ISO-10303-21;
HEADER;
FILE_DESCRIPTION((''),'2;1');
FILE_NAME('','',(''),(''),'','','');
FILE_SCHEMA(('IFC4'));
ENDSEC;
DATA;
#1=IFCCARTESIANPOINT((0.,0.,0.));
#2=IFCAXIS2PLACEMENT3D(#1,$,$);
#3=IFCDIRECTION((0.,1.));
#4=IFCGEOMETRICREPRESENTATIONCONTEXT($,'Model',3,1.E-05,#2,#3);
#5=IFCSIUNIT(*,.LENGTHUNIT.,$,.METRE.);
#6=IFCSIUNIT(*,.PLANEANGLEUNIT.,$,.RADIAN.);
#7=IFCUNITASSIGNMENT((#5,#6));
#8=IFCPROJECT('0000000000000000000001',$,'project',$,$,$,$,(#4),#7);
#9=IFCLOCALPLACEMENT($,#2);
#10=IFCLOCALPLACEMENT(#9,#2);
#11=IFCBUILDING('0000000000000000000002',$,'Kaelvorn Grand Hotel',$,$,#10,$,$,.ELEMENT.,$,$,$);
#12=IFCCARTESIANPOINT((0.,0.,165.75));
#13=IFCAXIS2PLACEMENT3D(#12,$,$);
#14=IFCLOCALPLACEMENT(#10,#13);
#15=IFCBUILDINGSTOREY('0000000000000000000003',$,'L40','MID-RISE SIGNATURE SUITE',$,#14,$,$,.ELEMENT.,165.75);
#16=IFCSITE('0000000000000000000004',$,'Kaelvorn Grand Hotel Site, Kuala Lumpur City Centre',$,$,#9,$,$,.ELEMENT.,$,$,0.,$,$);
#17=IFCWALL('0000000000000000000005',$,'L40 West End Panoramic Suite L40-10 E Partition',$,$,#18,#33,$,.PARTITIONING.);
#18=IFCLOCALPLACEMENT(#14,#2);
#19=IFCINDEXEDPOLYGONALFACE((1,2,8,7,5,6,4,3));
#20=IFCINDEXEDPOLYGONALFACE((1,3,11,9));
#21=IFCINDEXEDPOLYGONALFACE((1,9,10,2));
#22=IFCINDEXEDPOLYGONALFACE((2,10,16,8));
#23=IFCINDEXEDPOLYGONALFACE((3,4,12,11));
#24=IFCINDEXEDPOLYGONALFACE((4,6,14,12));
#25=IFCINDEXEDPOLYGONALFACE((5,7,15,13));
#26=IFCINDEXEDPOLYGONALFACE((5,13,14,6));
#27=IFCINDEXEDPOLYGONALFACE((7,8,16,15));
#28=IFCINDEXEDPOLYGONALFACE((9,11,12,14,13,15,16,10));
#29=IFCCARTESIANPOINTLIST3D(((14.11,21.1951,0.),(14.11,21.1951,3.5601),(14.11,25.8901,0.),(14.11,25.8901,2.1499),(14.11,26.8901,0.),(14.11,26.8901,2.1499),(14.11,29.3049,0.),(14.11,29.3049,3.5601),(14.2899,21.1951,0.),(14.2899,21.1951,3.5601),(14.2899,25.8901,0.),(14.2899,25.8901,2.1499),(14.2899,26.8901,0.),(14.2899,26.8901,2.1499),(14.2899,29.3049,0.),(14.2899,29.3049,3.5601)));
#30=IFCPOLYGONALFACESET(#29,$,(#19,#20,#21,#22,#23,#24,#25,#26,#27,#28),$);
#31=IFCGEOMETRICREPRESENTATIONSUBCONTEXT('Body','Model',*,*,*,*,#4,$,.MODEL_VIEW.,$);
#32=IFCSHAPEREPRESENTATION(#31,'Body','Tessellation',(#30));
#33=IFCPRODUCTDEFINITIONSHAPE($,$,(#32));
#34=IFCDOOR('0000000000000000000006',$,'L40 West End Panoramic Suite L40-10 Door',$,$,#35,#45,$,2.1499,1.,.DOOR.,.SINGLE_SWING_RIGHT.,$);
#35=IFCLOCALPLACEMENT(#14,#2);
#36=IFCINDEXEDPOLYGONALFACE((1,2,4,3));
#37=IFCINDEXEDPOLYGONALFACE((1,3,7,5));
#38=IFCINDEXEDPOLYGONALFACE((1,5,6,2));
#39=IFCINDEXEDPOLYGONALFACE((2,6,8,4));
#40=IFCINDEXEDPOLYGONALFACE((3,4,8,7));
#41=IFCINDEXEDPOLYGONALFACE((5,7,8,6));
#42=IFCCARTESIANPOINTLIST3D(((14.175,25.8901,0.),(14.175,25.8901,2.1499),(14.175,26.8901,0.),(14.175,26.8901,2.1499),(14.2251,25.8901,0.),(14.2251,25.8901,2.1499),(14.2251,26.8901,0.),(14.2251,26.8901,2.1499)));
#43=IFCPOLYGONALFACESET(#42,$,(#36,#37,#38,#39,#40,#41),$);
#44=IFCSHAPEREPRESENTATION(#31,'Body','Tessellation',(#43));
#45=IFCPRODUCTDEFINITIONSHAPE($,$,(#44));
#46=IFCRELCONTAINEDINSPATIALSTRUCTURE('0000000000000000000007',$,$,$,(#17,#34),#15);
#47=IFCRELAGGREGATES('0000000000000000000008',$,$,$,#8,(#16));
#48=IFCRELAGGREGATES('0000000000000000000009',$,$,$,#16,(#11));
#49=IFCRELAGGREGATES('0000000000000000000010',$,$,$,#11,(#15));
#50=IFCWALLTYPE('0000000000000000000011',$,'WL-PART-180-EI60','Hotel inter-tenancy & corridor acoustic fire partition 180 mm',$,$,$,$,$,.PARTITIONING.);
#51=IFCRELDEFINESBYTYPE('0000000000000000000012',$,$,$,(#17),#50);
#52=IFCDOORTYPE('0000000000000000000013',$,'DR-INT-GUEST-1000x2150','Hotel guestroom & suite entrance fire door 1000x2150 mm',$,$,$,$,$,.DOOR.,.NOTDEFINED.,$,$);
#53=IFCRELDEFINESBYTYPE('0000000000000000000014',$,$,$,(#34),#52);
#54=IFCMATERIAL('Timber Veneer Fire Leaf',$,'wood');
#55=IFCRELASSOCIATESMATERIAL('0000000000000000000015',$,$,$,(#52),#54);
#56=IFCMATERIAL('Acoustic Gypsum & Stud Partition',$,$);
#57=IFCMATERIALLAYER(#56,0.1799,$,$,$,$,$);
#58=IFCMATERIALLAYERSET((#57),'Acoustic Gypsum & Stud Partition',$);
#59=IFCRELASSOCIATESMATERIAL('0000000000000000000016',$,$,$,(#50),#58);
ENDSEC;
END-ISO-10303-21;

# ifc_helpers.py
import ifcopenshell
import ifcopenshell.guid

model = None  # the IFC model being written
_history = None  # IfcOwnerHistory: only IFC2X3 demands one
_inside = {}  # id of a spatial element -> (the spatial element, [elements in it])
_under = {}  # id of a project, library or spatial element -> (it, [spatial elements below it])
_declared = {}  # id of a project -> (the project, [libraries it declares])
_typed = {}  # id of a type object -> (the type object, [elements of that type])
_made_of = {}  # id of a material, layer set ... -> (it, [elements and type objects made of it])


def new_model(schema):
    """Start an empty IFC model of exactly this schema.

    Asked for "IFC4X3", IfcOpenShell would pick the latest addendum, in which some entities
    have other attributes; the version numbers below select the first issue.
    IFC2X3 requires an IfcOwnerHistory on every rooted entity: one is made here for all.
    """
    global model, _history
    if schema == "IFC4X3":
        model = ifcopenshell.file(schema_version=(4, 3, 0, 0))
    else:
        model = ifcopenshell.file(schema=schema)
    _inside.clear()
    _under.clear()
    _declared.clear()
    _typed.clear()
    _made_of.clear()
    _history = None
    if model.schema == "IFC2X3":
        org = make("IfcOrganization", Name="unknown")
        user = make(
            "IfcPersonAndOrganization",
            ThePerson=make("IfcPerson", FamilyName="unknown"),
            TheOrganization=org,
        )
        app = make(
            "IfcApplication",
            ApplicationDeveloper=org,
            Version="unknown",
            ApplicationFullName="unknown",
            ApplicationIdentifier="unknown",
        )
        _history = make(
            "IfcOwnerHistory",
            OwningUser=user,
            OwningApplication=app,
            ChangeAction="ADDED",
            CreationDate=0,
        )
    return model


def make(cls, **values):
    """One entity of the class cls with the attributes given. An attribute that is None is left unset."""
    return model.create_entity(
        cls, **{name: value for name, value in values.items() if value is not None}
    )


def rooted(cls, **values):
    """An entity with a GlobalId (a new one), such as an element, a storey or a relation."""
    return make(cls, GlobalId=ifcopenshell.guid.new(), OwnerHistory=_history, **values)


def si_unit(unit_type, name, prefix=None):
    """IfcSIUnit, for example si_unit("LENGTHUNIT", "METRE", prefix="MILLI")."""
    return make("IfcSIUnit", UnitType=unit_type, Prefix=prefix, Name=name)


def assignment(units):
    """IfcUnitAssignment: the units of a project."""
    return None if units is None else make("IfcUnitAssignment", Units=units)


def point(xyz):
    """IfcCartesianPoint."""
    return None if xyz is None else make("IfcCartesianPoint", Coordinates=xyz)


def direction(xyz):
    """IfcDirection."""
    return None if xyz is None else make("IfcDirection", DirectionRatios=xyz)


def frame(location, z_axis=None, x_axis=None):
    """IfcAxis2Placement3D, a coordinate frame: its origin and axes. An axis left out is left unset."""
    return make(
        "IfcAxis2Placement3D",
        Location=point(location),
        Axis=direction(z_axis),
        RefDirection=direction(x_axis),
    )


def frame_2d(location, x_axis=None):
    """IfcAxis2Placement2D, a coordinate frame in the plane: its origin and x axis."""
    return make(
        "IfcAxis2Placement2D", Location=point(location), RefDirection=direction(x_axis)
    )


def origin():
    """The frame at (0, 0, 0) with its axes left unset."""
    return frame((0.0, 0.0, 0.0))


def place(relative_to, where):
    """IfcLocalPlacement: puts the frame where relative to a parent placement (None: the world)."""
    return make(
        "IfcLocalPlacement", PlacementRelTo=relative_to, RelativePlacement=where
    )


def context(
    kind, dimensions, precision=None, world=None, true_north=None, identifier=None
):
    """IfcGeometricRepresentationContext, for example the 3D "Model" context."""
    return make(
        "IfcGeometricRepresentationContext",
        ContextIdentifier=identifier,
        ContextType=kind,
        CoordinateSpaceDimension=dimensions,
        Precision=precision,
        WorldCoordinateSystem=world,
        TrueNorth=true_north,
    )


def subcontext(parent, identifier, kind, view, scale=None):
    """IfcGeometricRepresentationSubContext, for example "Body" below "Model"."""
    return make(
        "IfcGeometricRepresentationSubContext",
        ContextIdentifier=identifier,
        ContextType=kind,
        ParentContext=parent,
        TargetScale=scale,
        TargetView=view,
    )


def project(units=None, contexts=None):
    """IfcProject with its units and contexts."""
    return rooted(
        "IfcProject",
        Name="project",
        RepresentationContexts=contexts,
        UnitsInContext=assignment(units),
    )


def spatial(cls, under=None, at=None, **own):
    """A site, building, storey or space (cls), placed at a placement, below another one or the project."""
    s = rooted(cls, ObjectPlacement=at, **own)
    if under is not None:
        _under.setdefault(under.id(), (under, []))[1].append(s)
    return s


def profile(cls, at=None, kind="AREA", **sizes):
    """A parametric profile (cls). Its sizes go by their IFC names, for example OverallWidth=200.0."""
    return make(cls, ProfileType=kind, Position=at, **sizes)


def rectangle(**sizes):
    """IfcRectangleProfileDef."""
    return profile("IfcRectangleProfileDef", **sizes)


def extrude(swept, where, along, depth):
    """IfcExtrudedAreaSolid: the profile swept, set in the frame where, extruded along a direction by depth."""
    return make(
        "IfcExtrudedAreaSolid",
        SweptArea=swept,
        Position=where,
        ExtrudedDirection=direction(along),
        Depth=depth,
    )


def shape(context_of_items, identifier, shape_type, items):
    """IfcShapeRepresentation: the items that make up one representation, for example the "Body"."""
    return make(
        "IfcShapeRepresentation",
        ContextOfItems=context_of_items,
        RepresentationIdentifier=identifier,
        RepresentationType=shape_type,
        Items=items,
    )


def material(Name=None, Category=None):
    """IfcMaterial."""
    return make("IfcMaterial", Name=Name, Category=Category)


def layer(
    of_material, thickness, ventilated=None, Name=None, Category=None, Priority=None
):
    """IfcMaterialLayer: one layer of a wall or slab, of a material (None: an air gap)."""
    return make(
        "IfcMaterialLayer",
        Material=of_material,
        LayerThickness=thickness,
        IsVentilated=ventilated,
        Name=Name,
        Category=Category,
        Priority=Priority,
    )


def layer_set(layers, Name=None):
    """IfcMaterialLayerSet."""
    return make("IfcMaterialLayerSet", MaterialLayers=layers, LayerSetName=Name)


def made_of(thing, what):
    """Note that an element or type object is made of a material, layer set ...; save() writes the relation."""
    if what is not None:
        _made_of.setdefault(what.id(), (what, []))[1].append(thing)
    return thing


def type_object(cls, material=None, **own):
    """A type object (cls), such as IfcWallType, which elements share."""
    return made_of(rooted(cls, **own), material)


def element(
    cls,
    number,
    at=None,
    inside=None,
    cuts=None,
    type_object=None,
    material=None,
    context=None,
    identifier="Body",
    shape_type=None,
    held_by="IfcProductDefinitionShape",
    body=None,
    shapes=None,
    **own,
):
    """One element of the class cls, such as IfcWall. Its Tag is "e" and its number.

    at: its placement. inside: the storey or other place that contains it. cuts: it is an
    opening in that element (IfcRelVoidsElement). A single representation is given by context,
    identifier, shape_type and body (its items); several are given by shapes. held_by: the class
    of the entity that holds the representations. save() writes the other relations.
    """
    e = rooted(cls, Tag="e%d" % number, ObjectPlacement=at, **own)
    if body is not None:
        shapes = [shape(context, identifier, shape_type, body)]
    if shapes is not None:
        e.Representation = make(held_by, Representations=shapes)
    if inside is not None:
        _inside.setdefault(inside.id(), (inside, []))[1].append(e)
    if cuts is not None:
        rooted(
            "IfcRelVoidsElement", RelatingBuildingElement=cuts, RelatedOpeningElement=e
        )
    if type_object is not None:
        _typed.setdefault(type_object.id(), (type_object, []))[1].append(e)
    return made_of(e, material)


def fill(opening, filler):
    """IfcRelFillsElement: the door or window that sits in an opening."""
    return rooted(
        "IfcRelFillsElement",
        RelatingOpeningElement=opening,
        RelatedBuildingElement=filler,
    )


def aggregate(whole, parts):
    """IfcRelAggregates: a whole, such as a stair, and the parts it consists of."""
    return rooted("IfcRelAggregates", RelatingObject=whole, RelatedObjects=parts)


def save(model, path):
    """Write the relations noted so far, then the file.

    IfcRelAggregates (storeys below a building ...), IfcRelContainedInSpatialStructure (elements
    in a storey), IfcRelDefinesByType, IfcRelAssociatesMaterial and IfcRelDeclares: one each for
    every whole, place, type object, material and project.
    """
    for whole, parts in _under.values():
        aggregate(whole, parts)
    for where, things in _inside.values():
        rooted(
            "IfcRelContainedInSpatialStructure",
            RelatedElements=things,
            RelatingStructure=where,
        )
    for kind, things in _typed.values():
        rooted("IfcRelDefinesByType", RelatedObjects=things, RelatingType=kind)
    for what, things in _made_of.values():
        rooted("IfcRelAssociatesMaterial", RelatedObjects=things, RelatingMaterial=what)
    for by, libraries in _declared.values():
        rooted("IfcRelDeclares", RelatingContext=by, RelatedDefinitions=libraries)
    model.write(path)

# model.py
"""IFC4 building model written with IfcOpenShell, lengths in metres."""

from ifc_helpers import new_model, si_unit, direction, frame, frame_2d, origin, place, context, subcontext, project, spatial, rectangle, extrude, material, layer, layer_set, type_object, element, fill, save


model = new_model("IFC4")

# Units and contexts
model_context = context("Model", 3, precision=1e-05, world=origin(), true_north=direction((0.0, 1.0)))
body_context = subcontext(model_context, "Body", "Model", "MODEL_VIEW")
ifc_project = project(units=[si_unit("LENGTHUNIT", "METRE"), si_unit("PLANEANGLEUNIT", "RADIAN")], contexts=[model_context])

# Site, building, storey
site_placement = place(None, origin())
site = spatial("IfcSite", under=ifc_project, at=site_placement, Name="Kaelvorn Grand Hotel Site, Kuala Lumpur City Centre", CompositionType="ELEMENT", RefElevation=0.0)
building_placement = place(site_placement, origin())
building = spatial("IfcBuilding", under=site, at=building_placement, Name="Kaelvorn Grand Hotel", CompositionType="ELEMENT")
storey_placement = place(building_placement, frame((0.0, 0.0, 165.75)))
storey = spatial("IfcBuildingStorey", under=building, at=storey_placement, Name="L40", Description="MID-RISE SIGNATURE SUITE", CompositionType="ELEMENT", Elevation=165.75)

# Shared definitions
ifc_material_1 = material(Name="Acoustic Gypsum & Stud Partition")
ifc_material_2 = material(Name="Timber Veneer Fire Leaf", Category="wood")
door_type = type_object("IfcDoorType", Name="DR-INT-GUEST-1000x2150", Description="Hotel guestroom & suite entrance fire door 1000x2150 mm", OperationType="NOTDEFINED", PredefinedType="DOOR", material=ifc_material_2)

# Shared definitions
ifc_layer_1 = layer(ifc_material_1, 0.1799)
ifc_layer_set_1 = layer_set([ifc_layer_1], Name="Acoustic Gypsum & Stud Partition")
wall_type_1 = type_object("IfcWallType", Name="WL-PART-180-EI60", Description="Hotel inter-tenancy & corridor acoustic fire partition 180 mm", PredefinedType="PARTITIONING", material=ifc_layer_set_1)

# Wall, opening, door
wall_1_placement = place(storey_placement, frame((14.2, 21.1951, 0.0), z_axis=(0.0, 0.0, 1.0), x_axis=(0.0, 1.0, 0.0)))
wall_1 = element("IfcWall", 1, at=wall_1_placement, inside=storey, type_object=wall_type_1, Name="L40 West End Panoramic Suite L40-10 E Partition", PredefinedType="PARTITIONING", context=body_context, shape_type="SweptSolid", body=[
    extrude(rectangle(XDim=8.1099, YDim=0.1799, at=frame_2d((4.0549, 0.0))), origin(), (0.0, 0.0, 1.0), 3.5601),
])
opening_1_placement = place(wall_1_placement, frame((4.6951, 0.0, 0.0)))
opening_1 = element("IfcOpeningElement", 2, at=opening_1_placement, cuts=wall_1, PredefinedType="OPENING", context=body_context, shape_type="SweptSolid", body=[
    extrude(rectangle(XDim=1.0, YDim=2.1499, at=frame_2d((0.5, 1.075))), frame((0.0, 0.1001, 0.0), z_axis=(0.0, -1.0, 0.0), x_axis=(1.0, 0.0, 0.0)), (0.0, 0.0, 1.0), 0.2),
])
door_1_placement = place(opening_1_placement, origin())
door_1 = element("IfcDoor", 3, at=door_1_placement, inside=storey, type_object=door_type, Name="L40 West End Panoramic Suite L40-10 Door", OperationType="SINGLE_SWING_RIGHT", OverallHeight=2.1499, OverallWidth=1.0, PredefinedType="DOOR", context=body_context, shape_type="SweptSolid", body=[
    extrude(rectangle(XDim=1.0, YDim=2.1499, at=frame_2d((0.5, 1.075))), frame((0.0, 0.0249, 0.0), z_axis=(0.0, -1.0, 0.0), x_axis=(1.0, 0.0, 0.0)), (0.0, 0.0, 1.0), 0.05),
])
fill(opening_1, door_1)

save(model, "model.ifc")
